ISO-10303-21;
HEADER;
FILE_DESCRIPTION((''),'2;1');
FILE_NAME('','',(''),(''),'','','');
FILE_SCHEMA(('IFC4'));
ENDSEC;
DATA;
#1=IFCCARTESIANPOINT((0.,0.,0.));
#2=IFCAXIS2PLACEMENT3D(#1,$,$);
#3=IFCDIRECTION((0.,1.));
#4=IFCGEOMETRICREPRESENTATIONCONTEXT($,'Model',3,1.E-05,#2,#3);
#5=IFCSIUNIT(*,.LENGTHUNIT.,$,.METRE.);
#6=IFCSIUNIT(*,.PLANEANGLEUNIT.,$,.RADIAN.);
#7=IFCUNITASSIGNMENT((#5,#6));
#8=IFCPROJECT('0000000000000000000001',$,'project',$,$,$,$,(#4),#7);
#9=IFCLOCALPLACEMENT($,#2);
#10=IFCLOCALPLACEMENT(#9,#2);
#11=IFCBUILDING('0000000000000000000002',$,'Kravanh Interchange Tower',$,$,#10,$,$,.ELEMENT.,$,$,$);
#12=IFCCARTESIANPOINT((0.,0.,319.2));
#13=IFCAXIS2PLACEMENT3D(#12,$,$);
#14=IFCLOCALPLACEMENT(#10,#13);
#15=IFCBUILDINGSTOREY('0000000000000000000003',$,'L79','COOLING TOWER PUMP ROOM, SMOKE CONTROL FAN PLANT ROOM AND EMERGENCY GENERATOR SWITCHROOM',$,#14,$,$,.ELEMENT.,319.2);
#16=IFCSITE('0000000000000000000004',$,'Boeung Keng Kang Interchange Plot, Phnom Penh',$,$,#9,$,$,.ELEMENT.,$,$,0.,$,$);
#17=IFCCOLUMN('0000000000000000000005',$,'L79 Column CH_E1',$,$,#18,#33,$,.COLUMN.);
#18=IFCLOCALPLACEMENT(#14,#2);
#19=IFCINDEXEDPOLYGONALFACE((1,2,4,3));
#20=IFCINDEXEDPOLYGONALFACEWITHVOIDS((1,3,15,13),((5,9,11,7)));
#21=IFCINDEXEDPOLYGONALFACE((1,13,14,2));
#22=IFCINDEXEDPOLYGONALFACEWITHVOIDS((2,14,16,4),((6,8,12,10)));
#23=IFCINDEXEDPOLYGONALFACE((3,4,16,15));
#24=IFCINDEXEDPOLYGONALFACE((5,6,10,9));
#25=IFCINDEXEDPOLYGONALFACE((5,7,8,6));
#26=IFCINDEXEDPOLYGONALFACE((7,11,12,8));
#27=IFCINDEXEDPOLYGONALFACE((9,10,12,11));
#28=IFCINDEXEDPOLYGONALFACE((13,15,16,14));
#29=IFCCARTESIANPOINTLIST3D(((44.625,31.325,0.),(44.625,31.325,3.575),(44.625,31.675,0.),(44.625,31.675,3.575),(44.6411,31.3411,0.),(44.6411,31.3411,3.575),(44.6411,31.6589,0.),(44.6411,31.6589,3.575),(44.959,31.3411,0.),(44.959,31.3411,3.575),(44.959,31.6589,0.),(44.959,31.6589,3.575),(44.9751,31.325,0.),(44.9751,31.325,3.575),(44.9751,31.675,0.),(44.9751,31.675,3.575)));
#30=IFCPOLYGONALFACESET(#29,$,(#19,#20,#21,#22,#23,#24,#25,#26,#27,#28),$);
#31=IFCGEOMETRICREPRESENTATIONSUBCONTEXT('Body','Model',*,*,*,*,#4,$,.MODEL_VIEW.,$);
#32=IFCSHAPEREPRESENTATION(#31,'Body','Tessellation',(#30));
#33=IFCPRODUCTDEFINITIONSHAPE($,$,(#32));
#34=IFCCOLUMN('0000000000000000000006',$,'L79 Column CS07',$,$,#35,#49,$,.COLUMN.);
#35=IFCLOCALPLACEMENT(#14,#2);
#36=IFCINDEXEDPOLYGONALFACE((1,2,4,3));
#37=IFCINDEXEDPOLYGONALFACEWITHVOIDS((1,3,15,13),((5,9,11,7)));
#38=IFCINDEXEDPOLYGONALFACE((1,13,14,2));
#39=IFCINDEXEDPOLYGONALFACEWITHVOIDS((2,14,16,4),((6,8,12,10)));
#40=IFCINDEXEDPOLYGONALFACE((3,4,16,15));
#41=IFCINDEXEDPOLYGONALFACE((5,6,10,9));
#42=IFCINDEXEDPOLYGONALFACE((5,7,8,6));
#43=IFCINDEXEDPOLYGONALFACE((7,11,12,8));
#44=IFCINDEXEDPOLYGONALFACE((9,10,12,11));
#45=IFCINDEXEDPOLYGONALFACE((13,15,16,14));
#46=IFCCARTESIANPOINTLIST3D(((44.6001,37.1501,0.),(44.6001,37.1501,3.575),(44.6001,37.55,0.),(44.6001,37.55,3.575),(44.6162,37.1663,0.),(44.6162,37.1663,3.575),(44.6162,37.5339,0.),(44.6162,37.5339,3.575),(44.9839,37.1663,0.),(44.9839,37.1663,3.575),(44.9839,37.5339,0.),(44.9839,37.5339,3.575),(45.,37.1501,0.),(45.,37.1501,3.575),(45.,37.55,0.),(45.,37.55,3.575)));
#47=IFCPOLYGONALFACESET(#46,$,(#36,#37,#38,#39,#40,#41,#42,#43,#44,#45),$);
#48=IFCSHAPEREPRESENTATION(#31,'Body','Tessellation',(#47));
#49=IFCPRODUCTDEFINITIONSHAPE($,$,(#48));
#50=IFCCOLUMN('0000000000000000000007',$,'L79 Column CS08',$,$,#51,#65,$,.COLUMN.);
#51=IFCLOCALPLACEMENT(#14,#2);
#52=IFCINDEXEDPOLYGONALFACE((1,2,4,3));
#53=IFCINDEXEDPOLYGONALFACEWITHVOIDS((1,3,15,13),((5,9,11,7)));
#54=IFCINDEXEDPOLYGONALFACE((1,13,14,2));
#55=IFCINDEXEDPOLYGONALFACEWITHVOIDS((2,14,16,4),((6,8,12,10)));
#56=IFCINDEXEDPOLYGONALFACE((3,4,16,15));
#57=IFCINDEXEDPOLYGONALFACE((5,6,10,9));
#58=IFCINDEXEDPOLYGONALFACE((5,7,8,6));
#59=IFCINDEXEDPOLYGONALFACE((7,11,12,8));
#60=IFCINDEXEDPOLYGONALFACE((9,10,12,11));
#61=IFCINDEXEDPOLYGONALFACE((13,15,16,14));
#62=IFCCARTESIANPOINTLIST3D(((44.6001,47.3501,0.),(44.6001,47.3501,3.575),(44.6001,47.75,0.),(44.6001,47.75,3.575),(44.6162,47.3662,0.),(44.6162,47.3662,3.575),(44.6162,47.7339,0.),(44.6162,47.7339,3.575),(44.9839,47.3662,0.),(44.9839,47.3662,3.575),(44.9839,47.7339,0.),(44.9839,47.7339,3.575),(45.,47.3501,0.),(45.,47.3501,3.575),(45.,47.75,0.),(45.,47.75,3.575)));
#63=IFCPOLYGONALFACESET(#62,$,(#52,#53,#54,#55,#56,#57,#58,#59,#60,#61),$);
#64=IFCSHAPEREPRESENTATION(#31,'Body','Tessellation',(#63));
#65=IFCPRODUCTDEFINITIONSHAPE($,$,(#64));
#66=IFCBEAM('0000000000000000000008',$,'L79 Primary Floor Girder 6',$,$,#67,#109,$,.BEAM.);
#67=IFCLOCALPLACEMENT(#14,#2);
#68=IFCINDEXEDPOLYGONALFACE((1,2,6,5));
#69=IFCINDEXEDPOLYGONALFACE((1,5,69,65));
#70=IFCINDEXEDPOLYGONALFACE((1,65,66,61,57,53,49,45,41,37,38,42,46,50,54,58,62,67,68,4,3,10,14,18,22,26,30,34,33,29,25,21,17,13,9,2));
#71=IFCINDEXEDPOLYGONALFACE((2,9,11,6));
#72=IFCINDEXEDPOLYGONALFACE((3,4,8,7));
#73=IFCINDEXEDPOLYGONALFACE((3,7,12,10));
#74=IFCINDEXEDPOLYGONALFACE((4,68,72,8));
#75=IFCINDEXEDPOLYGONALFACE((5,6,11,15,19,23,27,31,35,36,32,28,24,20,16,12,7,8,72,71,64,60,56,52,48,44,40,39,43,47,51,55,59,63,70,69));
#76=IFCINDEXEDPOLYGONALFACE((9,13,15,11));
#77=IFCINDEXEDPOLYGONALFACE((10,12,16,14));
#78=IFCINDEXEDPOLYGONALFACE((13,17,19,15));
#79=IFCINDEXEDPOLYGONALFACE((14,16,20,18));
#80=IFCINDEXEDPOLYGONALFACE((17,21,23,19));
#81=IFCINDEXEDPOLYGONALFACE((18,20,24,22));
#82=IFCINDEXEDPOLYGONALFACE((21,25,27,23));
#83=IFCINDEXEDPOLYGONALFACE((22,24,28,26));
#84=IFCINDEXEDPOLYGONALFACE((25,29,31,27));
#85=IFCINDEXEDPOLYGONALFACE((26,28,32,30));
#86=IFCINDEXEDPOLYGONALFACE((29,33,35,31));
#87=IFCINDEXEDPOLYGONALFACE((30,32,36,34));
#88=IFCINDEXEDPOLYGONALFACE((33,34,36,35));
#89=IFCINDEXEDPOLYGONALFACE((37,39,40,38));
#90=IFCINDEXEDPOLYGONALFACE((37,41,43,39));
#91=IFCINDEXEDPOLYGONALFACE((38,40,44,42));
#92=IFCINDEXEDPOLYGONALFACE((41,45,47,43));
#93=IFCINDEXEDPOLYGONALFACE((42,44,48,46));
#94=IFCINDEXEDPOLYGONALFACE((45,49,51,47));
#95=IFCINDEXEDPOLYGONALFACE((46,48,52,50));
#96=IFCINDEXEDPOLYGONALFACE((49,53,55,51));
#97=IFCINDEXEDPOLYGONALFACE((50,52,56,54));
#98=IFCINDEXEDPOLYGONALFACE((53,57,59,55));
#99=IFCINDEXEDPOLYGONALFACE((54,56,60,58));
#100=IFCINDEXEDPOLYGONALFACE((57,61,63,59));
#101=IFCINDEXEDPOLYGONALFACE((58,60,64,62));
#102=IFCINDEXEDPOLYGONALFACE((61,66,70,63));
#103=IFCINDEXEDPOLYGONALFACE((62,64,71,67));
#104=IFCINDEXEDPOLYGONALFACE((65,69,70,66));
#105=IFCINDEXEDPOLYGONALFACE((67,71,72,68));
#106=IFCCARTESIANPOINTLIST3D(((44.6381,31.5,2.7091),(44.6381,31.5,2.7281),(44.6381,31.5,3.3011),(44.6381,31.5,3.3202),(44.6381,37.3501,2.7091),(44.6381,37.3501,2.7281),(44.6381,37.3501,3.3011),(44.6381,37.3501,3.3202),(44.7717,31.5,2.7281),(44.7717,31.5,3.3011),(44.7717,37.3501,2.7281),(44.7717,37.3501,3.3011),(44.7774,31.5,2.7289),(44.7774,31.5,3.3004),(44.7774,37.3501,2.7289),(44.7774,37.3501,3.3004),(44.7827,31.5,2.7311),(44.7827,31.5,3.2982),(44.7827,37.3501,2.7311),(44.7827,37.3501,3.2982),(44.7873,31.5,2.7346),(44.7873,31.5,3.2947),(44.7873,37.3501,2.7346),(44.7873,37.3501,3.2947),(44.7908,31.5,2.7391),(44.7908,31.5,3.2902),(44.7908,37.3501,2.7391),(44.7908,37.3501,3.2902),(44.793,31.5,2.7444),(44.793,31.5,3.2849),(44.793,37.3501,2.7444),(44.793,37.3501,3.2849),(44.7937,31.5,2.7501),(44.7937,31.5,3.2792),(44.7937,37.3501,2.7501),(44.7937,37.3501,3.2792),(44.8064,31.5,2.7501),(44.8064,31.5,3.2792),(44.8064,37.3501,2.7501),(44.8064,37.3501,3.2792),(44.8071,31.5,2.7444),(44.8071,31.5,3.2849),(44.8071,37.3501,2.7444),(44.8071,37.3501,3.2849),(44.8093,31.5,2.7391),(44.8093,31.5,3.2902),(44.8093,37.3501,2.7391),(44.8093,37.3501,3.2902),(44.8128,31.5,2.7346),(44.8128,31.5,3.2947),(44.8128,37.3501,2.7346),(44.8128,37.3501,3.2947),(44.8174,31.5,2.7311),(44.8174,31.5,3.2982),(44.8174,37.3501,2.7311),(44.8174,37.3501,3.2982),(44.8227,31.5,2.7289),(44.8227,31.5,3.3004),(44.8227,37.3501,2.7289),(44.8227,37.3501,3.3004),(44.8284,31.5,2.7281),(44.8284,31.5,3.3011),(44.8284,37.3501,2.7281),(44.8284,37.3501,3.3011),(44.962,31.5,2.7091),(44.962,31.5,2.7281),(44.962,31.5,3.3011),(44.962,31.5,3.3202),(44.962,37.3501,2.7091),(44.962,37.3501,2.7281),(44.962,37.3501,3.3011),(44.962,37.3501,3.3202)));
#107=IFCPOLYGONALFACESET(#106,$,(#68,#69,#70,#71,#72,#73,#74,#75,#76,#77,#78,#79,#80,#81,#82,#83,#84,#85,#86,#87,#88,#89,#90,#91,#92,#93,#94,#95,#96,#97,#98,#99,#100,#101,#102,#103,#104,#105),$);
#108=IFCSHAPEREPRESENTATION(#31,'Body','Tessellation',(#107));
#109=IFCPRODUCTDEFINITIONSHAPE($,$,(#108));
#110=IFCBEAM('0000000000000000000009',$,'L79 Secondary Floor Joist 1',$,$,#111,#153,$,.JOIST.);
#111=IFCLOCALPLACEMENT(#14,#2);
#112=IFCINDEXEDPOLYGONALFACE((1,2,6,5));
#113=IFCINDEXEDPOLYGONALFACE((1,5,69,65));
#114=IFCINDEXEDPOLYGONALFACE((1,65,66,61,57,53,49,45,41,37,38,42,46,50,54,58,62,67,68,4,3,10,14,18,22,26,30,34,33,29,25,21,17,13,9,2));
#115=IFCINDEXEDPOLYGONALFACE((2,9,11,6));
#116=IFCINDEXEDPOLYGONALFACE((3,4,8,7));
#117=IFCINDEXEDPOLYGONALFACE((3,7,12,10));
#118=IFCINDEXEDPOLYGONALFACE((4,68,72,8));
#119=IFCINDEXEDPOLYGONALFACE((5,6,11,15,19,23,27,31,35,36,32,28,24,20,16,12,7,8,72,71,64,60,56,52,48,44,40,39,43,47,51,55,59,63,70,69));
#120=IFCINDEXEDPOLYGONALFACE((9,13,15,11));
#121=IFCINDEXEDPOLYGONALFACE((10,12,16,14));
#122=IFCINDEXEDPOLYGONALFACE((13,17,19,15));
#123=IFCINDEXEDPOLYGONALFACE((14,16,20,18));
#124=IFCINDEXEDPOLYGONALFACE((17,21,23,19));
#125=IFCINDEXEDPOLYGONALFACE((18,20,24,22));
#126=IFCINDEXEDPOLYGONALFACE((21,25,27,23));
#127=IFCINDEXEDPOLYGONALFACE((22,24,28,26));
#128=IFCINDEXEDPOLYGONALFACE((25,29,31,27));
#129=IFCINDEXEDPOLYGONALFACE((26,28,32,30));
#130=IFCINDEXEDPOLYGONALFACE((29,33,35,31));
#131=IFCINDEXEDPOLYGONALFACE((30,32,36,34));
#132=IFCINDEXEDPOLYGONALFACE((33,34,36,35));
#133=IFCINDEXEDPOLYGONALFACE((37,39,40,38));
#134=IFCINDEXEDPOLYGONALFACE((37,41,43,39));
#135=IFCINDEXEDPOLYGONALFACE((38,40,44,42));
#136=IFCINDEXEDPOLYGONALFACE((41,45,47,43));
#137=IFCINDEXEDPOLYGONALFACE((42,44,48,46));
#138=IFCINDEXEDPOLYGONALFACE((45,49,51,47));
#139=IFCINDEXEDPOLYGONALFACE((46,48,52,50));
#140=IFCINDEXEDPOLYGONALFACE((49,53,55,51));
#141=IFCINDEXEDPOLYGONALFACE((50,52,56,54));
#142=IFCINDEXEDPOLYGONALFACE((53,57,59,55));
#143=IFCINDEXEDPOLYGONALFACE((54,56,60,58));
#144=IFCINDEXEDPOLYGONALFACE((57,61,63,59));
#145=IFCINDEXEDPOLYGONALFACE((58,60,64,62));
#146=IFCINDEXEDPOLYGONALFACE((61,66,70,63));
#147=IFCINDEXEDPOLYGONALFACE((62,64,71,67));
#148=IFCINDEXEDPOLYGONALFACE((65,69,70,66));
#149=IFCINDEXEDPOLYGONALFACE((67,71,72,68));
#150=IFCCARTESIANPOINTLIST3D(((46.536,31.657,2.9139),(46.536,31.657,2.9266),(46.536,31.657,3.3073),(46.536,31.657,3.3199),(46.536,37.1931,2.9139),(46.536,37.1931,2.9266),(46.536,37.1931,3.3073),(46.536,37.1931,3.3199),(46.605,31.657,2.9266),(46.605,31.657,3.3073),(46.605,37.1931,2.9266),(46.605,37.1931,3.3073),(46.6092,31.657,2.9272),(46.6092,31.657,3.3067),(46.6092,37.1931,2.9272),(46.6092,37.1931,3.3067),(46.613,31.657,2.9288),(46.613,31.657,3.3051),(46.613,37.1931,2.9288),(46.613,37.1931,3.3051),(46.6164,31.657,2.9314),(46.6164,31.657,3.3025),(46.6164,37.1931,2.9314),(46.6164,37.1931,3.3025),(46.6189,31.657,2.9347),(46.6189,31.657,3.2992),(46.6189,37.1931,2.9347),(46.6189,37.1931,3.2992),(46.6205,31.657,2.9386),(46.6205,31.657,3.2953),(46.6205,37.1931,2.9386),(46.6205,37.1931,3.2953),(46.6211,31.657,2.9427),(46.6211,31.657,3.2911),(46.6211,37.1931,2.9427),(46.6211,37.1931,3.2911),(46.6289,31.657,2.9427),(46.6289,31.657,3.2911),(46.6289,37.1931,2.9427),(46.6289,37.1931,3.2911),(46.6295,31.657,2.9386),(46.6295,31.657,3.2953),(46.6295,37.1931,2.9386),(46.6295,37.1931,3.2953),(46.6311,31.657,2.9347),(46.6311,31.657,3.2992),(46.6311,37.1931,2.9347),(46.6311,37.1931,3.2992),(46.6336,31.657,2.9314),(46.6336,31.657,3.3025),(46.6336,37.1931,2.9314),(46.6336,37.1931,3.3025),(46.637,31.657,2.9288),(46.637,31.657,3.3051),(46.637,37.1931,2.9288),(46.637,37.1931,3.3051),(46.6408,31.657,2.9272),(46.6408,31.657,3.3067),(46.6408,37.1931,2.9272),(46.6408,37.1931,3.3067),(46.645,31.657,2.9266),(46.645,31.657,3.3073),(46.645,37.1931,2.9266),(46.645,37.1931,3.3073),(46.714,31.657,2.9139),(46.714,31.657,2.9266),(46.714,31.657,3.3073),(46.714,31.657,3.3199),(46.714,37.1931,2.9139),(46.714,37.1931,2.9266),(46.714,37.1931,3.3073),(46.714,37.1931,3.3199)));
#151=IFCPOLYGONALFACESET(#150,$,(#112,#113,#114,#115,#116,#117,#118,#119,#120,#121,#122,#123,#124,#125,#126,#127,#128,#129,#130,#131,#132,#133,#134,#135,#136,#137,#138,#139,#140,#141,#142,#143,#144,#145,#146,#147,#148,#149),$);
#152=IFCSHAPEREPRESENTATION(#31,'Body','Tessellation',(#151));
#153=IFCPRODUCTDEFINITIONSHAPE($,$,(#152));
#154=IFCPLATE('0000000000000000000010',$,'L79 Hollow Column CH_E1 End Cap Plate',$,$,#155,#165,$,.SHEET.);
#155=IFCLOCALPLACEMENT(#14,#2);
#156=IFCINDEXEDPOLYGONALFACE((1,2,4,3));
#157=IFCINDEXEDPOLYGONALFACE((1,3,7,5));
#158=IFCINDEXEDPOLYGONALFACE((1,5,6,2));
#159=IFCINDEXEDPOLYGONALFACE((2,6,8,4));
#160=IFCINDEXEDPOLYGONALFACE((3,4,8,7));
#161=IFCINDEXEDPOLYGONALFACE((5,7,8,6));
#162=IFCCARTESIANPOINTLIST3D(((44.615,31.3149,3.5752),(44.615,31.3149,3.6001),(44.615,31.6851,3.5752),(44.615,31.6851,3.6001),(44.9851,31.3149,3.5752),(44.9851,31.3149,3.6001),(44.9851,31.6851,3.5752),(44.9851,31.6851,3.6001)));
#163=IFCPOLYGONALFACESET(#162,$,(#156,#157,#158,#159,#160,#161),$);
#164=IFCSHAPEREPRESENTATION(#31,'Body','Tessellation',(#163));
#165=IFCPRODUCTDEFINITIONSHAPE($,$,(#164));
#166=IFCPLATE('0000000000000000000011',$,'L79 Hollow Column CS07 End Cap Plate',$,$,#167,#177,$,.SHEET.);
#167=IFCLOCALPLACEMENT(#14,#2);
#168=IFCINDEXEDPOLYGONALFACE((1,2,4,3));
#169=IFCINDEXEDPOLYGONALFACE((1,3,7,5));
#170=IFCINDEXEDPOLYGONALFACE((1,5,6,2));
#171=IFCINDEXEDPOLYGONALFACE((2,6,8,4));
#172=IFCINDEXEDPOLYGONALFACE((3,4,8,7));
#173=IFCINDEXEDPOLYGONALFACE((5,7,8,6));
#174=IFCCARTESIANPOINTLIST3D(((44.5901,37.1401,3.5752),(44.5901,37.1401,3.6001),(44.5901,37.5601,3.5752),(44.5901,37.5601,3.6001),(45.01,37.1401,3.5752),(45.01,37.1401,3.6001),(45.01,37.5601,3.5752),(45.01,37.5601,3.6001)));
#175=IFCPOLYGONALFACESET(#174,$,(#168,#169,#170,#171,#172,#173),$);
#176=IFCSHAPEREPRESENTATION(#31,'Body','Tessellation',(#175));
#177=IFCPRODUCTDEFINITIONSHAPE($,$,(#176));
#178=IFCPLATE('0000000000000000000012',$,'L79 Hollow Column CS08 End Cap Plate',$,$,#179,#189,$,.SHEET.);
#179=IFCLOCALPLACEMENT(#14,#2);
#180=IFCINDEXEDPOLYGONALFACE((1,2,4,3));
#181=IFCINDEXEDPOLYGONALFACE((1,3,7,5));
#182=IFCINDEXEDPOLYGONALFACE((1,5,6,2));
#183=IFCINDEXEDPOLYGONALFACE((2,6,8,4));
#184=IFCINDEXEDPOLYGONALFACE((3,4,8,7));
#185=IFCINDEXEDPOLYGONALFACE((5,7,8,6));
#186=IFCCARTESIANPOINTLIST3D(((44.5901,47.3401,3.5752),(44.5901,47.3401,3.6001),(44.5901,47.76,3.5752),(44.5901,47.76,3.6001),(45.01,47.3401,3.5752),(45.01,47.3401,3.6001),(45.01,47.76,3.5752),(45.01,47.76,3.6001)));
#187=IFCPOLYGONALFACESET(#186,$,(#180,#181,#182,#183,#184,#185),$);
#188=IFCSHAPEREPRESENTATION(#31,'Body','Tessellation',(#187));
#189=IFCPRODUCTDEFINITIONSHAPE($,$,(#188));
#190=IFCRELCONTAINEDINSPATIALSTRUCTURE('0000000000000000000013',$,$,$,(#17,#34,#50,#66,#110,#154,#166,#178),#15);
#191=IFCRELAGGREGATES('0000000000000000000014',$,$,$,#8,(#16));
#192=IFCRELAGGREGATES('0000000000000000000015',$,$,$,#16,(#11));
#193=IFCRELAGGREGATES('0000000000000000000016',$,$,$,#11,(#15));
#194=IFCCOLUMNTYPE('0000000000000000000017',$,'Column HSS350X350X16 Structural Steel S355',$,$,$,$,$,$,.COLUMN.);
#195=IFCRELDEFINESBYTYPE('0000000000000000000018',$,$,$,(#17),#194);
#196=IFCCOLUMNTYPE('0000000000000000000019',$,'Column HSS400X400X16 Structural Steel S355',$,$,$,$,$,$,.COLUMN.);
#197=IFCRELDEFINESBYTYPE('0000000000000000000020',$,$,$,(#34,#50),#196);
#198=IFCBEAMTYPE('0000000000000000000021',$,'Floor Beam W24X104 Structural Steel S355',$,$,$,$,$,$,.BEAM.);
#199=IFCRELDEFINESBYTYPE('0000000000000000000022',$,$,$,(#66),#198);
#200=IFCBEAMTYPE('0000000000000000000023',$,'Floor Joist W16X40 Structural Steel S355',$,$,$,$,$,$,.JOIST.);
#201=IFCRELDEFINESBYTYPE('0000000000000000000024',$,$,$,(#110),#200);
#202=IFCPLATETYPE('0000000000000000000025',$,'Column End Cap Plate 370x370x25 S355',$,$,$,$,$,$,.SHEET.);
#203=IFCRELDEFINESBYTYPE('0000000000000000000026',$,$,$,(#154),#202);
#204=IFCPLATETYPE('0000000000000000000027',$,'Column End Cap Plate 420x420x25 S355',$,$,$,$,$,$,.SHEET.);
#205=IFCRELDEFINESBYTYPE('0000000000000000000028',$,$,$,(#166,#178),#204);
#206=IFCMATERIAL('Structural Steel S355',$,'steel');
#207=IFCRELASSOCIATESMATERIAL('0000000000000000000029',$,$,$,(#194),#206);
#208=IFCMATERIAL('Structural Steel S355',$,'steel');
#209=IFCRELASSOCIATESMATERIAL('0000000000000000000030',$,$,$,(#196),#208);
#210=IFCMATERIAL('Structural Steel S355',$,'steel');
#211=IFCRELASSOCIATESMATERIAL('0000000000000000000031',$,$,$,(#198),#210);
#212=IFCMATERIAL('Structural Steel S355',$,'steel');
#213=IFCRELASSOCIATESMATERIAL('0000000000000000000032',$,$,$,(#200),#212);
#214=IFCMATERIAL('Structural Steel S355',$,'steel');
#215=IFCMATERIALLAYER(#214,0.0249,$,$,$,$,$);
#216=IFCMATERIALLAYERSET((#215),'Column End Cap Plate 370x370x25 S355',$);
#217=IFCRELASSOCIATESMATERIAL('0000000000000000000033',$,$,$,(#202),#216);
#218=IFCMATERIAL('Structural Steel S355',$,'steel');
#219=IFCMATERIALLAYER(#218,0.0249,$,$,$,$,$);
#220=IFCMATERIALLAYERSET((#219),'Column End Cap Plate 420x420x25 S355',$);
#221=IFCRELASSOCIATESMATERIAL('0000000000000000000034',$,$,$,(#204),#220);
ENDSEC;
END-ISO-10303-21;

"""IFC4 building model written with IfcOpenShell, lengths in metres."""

from ifc_helpers import new_model, si_unit, direction, frame, origin, origin_2d, place, context, subcontext, project, spatial, rectangle, hollow_rectangle, i_section, extrude, material, layer, layer_set, material_profile, profile_set, type_object, element, save


model = new_model("IFC4")

# Units and contexts
model_context = context("Model", 3, precision=1e-05, world=origin(), true_north=direction((0.0, 1.0)))
body_context = subcontext(model_context, "Body", "Model", "MODEL_VIEW")
ifc_project = project(units=[si_unit("LENGTHUNIT", "METRE"), si_unit("PLANEANGLEUNIT", "RADIAN")], contexts=[model_context])

# Site, building, storey
site_placement = place(None, origin())
site = spatial("IfcSite", under=ifc_project, at=site_placement, Name="Boeung Keng Kang Interchange Plot, Phnom Penh", CompositionType="ELEMENT", RefElevation=0.0)
building_placement = place(site_placement, origin())
building = spatial("IfcBuilding", under=site, at=building_placement, Name="Kravanh Interchange Tower", CompositionType="ELEMENT")
storey_placement = place(building_placement, frame((0.0, 0.0, 319.2)))
storey = spatial("IfcBuildingStorey", under=building, at=storey_placement, Name="L79", Description="COOLING TOWER PUMP ROOM, SMOKE CONTROL FAN PLANT ROOM AND EMERGENCY GENERATOR SWITCHROOM", CompositionType="ELEMENT", Elevation=319.2)

# Columns
ifc_material_1 = material(Name="Structural Steel S355", Category="steel")
ifc_material_profile_1 = material_profile(ifc_material_1, hollow_rectangle(XDim=0.3501, YDim=0.3501, WallThickness=0.0161, at=origin_2d()), Name="HSS350X350X16")
ifc_profile_set_1 = profile_set([ifc_material_profile_1], Name="Structural Steel S355")
column_type_1 = type_object("IfcColumnType", Name="Column HSS350X350X16 Structural Steel S355", PredefinedType="COLUMN", material=ifc_profile_set_1)
column_placement = place(storey_placement, frame((44.8, 31.5, 0.0), z_axis=(0.0, 0.0, 1.0), x_axis=(1.0, 0.0, 0.0)))
element("IfcColumn", 1, at=column_placement, inside=storey, type_object=column_type_1, Name="L79 Column CH_E1", PredefinedType="COLUMN", context=body_context, shape_type="SweptSolid", body=[
    extrude(hollow_rectangle(XDim=0.3501, YDim=0.3501, WallThickness=0.0161, at=origin_2d()), origin(), (0.0, 0.0, 1.0), 3.575),
])
ifc_material_2 = material(Name="Structural Steel S355", Category="steel")
ifc_material_profile_2 = material_profile(ifc_material_2, hollow_rectangle(XDim=0.3999, YDim=0.3999, WallThickness=0.0161, at=origin_2d()), Name="HSS400X400X16")
ifc_profile_set_2 = profile_set([ifc_material_profile_2], Name="Structural Steel S355")
column_type_2 = type_object("IfcColumnType", Name="Column HSS400X400X16 Structural Steel S355", PredefinedType="COLUMN", material=ifc_profile_set_2)
for number, where, z_axis, x_axis, name in (
    (2, (44.8, 37.3501, 0.0), (0.0, 0.0, 1.0), (1.0, 0.0, 0.0), "L79 Column CS07"),
    (3, (44.8, 47.55, 0.0), (0.0, 0.0, 1.0), (1.0, 0.0, 0.0), "L79 Column CS08"),
):
    element("IfcColumn", number, at=place(storey_placement, frame(where, z_axis=z_axis, x_axis=x_axis)), inside=storey, type_object=column_type_2, Name=name, PredefinedType="COLUMN", context=body_context, shape_type="SweptSolid", body=[
        extrude(hollow_rectangle(XDim=0.3999, YDim=0.3999, WallThickness=0.0161, at=origin_2d()), origin(), (0.0, 0.0, 1.0), 3.575),
    ])

# Beams
ifc_material_3 = material(Name="Structural Steel S355", Category="steel")
ifc_material_profile_3 = material_profile(ifc_material_3, i_section(OverallWidth=0.324, OverallDepth=0.6111, WebThickness=0.0127, FlangeThickness=0.019, FilletRadius=0.022, at=origin_2d()), Name="W24X104")
ifc_profile_set_3 = profile_set([ifc_material_profile_3], Name="Structural Steel S355")
beam_type_1 = type_object("IfcBeamType", Name="Floor Beam W24X104 Structural Steel S355", PredefinedType="BEAM", material=ifc_profile_set_3)
beam_1_placement = place(storey_placement, frame((44.8, 31.5, 3.0146), z_axis=(0.0, 1.0, 0.0), x_axis=(-1.0, 0.0, 0.0)))
element("IfcBeam", 4, at=beam_1_placement, inside=storey, type_object=beam_type_1, Name="L79 Primary Floor Girder 6", PredefinedType="BEAM", context=body_context, shape_type="SweptSolid", body=[
    extrude(i_section(OverallWidth=0.324, OverallDepth=0.6111, WebThickness=0.0127, FlangeThickness=0.019, FilletRadius=0.022, at=origin_2d()), origin(), (0.0, 0.0, 1.0), 5.8501),
])
ifc_material_4 = material(Name="Structural Steel S355", Category="steel")
ifc_material_profile_4 = material_profile(ifc_material_4, i_section(OverallWidth=0.178, OverallDepth=0.406, WebThickness=0.0078, FlangeThickness=0.0127, FilletRadius=0.0161, at=origin_2d()), Name="W16X40")
ifc_profile_set_4 = profile_set([ifc_material_profile_4], Name="Structural Steel S355")
beam_type_2 = type_object("IfcBeamType", Name="Floor Joist W16X40 Structural Steel S355", PredefinedType="JOIST", material=ifc_profile_set_4)
beam_2_placement = place(storey_placement, frame((46.625, 31.657, 3.1169), z_axis=(0.0, 1.0, 0.0), x_axis=(-1.0, 0.0, 0.0)))
element("IfcBeam", 5, at=beam_2_placement, inside=storey, type_object=beam_type_2, Name="L79 Secondary Floor Joist 1", PredefinedType="JOIST", context=body_context, shape_type="SweptSolid", body=[
    extrude(i_section(OverallWidth=0.178, OverallDepth=0.406, WebThickness=0.0078, FlangeThickness=0.0127, FilletRadius=0.0161, at=origin_2d()), origin(), (0.0, 0.0, 1.0), 5.5361),
])

# Plates
ifc_material_5 = material(Name="Structural Steel S355", Category="steel")
ifc_layer_1 = layer(ifc_material_5, 0.0249)
ifc_layer_set_1 = layer_set([ifc_layer_1], Name="Column End Cap Plate 370x370x25 S355")
plate_type_1 = type_object("IfcPlateType", Name="Column End Cap Plate 370x370x25 S355", PredefinedType="SHEET", material=ifc_layer_set_1)
plate_placement = place(storey_placement, frame((44.8, 31.5, 3.5752), z_axis=(0.0, 0.0, 1.0), x_axis=(1.0, 0.0, 0.0)))
element("IfcPlate", 6, at=plate_placement, inside=storey, type_object=plate_type_1, Name="L79 Hollow Column CH_E1 End Cap Plate", PredefinedType="SHEET", context=body_context, shape_type="SweptSolid", body=[
    extrude(rectangle(XDim=0.3701, YDim=0.3701, at=origin_2d()), origin(), (0.0, 0.0, 1.0), 0.0249),
])
ifc_material_6 = material(Name="Structural Steel S355", Category="steel")
ifc_layer_2 = layer(ifc_material_6, 0.0249)
ifc_layer_set_2 = layer_set([ifc_layer_2], Name="Column End Cap Plate 420x420x25 S355")
plate_type_2 = type_object("IfcPlateType", Name="Column End Cap Plate 420x420x25 S355", PredefinedType="SHEET", material=ifc_layer_set_2)
for number, where, z_axis, x_axis, name in (
    (7, (44.8, 37.3501, 3.5752), (0.0, 0.0, 1.0), (1.0, 0.0, 0.0), "L79 Hollow Column CS07 End Cap Plate"),
    (8, (44.8, 47.55, 3.5752), (0.0, 0.0, 1.0), (1.0, 0.0, 0.0), "L79 Hollow Column CS08 End Cap Plate"),
):
    element("IfcPlate", number, at=place(storey_placement, frame(where, z_axis=z_axis, x_axis=x_axis)), inside=storey, type_object=plate_type_2, Name=name, PredefinedType="SHEET", context=body_context, shape_type="SweptSolid", body=[
        extrude(rectangle(XDim=0.4199, YDim=0.4199, at=origin_2d()), origin(), (0.0, 0.0, 1.0), 0.0249),
    ])

save(model, "model.ifc")
